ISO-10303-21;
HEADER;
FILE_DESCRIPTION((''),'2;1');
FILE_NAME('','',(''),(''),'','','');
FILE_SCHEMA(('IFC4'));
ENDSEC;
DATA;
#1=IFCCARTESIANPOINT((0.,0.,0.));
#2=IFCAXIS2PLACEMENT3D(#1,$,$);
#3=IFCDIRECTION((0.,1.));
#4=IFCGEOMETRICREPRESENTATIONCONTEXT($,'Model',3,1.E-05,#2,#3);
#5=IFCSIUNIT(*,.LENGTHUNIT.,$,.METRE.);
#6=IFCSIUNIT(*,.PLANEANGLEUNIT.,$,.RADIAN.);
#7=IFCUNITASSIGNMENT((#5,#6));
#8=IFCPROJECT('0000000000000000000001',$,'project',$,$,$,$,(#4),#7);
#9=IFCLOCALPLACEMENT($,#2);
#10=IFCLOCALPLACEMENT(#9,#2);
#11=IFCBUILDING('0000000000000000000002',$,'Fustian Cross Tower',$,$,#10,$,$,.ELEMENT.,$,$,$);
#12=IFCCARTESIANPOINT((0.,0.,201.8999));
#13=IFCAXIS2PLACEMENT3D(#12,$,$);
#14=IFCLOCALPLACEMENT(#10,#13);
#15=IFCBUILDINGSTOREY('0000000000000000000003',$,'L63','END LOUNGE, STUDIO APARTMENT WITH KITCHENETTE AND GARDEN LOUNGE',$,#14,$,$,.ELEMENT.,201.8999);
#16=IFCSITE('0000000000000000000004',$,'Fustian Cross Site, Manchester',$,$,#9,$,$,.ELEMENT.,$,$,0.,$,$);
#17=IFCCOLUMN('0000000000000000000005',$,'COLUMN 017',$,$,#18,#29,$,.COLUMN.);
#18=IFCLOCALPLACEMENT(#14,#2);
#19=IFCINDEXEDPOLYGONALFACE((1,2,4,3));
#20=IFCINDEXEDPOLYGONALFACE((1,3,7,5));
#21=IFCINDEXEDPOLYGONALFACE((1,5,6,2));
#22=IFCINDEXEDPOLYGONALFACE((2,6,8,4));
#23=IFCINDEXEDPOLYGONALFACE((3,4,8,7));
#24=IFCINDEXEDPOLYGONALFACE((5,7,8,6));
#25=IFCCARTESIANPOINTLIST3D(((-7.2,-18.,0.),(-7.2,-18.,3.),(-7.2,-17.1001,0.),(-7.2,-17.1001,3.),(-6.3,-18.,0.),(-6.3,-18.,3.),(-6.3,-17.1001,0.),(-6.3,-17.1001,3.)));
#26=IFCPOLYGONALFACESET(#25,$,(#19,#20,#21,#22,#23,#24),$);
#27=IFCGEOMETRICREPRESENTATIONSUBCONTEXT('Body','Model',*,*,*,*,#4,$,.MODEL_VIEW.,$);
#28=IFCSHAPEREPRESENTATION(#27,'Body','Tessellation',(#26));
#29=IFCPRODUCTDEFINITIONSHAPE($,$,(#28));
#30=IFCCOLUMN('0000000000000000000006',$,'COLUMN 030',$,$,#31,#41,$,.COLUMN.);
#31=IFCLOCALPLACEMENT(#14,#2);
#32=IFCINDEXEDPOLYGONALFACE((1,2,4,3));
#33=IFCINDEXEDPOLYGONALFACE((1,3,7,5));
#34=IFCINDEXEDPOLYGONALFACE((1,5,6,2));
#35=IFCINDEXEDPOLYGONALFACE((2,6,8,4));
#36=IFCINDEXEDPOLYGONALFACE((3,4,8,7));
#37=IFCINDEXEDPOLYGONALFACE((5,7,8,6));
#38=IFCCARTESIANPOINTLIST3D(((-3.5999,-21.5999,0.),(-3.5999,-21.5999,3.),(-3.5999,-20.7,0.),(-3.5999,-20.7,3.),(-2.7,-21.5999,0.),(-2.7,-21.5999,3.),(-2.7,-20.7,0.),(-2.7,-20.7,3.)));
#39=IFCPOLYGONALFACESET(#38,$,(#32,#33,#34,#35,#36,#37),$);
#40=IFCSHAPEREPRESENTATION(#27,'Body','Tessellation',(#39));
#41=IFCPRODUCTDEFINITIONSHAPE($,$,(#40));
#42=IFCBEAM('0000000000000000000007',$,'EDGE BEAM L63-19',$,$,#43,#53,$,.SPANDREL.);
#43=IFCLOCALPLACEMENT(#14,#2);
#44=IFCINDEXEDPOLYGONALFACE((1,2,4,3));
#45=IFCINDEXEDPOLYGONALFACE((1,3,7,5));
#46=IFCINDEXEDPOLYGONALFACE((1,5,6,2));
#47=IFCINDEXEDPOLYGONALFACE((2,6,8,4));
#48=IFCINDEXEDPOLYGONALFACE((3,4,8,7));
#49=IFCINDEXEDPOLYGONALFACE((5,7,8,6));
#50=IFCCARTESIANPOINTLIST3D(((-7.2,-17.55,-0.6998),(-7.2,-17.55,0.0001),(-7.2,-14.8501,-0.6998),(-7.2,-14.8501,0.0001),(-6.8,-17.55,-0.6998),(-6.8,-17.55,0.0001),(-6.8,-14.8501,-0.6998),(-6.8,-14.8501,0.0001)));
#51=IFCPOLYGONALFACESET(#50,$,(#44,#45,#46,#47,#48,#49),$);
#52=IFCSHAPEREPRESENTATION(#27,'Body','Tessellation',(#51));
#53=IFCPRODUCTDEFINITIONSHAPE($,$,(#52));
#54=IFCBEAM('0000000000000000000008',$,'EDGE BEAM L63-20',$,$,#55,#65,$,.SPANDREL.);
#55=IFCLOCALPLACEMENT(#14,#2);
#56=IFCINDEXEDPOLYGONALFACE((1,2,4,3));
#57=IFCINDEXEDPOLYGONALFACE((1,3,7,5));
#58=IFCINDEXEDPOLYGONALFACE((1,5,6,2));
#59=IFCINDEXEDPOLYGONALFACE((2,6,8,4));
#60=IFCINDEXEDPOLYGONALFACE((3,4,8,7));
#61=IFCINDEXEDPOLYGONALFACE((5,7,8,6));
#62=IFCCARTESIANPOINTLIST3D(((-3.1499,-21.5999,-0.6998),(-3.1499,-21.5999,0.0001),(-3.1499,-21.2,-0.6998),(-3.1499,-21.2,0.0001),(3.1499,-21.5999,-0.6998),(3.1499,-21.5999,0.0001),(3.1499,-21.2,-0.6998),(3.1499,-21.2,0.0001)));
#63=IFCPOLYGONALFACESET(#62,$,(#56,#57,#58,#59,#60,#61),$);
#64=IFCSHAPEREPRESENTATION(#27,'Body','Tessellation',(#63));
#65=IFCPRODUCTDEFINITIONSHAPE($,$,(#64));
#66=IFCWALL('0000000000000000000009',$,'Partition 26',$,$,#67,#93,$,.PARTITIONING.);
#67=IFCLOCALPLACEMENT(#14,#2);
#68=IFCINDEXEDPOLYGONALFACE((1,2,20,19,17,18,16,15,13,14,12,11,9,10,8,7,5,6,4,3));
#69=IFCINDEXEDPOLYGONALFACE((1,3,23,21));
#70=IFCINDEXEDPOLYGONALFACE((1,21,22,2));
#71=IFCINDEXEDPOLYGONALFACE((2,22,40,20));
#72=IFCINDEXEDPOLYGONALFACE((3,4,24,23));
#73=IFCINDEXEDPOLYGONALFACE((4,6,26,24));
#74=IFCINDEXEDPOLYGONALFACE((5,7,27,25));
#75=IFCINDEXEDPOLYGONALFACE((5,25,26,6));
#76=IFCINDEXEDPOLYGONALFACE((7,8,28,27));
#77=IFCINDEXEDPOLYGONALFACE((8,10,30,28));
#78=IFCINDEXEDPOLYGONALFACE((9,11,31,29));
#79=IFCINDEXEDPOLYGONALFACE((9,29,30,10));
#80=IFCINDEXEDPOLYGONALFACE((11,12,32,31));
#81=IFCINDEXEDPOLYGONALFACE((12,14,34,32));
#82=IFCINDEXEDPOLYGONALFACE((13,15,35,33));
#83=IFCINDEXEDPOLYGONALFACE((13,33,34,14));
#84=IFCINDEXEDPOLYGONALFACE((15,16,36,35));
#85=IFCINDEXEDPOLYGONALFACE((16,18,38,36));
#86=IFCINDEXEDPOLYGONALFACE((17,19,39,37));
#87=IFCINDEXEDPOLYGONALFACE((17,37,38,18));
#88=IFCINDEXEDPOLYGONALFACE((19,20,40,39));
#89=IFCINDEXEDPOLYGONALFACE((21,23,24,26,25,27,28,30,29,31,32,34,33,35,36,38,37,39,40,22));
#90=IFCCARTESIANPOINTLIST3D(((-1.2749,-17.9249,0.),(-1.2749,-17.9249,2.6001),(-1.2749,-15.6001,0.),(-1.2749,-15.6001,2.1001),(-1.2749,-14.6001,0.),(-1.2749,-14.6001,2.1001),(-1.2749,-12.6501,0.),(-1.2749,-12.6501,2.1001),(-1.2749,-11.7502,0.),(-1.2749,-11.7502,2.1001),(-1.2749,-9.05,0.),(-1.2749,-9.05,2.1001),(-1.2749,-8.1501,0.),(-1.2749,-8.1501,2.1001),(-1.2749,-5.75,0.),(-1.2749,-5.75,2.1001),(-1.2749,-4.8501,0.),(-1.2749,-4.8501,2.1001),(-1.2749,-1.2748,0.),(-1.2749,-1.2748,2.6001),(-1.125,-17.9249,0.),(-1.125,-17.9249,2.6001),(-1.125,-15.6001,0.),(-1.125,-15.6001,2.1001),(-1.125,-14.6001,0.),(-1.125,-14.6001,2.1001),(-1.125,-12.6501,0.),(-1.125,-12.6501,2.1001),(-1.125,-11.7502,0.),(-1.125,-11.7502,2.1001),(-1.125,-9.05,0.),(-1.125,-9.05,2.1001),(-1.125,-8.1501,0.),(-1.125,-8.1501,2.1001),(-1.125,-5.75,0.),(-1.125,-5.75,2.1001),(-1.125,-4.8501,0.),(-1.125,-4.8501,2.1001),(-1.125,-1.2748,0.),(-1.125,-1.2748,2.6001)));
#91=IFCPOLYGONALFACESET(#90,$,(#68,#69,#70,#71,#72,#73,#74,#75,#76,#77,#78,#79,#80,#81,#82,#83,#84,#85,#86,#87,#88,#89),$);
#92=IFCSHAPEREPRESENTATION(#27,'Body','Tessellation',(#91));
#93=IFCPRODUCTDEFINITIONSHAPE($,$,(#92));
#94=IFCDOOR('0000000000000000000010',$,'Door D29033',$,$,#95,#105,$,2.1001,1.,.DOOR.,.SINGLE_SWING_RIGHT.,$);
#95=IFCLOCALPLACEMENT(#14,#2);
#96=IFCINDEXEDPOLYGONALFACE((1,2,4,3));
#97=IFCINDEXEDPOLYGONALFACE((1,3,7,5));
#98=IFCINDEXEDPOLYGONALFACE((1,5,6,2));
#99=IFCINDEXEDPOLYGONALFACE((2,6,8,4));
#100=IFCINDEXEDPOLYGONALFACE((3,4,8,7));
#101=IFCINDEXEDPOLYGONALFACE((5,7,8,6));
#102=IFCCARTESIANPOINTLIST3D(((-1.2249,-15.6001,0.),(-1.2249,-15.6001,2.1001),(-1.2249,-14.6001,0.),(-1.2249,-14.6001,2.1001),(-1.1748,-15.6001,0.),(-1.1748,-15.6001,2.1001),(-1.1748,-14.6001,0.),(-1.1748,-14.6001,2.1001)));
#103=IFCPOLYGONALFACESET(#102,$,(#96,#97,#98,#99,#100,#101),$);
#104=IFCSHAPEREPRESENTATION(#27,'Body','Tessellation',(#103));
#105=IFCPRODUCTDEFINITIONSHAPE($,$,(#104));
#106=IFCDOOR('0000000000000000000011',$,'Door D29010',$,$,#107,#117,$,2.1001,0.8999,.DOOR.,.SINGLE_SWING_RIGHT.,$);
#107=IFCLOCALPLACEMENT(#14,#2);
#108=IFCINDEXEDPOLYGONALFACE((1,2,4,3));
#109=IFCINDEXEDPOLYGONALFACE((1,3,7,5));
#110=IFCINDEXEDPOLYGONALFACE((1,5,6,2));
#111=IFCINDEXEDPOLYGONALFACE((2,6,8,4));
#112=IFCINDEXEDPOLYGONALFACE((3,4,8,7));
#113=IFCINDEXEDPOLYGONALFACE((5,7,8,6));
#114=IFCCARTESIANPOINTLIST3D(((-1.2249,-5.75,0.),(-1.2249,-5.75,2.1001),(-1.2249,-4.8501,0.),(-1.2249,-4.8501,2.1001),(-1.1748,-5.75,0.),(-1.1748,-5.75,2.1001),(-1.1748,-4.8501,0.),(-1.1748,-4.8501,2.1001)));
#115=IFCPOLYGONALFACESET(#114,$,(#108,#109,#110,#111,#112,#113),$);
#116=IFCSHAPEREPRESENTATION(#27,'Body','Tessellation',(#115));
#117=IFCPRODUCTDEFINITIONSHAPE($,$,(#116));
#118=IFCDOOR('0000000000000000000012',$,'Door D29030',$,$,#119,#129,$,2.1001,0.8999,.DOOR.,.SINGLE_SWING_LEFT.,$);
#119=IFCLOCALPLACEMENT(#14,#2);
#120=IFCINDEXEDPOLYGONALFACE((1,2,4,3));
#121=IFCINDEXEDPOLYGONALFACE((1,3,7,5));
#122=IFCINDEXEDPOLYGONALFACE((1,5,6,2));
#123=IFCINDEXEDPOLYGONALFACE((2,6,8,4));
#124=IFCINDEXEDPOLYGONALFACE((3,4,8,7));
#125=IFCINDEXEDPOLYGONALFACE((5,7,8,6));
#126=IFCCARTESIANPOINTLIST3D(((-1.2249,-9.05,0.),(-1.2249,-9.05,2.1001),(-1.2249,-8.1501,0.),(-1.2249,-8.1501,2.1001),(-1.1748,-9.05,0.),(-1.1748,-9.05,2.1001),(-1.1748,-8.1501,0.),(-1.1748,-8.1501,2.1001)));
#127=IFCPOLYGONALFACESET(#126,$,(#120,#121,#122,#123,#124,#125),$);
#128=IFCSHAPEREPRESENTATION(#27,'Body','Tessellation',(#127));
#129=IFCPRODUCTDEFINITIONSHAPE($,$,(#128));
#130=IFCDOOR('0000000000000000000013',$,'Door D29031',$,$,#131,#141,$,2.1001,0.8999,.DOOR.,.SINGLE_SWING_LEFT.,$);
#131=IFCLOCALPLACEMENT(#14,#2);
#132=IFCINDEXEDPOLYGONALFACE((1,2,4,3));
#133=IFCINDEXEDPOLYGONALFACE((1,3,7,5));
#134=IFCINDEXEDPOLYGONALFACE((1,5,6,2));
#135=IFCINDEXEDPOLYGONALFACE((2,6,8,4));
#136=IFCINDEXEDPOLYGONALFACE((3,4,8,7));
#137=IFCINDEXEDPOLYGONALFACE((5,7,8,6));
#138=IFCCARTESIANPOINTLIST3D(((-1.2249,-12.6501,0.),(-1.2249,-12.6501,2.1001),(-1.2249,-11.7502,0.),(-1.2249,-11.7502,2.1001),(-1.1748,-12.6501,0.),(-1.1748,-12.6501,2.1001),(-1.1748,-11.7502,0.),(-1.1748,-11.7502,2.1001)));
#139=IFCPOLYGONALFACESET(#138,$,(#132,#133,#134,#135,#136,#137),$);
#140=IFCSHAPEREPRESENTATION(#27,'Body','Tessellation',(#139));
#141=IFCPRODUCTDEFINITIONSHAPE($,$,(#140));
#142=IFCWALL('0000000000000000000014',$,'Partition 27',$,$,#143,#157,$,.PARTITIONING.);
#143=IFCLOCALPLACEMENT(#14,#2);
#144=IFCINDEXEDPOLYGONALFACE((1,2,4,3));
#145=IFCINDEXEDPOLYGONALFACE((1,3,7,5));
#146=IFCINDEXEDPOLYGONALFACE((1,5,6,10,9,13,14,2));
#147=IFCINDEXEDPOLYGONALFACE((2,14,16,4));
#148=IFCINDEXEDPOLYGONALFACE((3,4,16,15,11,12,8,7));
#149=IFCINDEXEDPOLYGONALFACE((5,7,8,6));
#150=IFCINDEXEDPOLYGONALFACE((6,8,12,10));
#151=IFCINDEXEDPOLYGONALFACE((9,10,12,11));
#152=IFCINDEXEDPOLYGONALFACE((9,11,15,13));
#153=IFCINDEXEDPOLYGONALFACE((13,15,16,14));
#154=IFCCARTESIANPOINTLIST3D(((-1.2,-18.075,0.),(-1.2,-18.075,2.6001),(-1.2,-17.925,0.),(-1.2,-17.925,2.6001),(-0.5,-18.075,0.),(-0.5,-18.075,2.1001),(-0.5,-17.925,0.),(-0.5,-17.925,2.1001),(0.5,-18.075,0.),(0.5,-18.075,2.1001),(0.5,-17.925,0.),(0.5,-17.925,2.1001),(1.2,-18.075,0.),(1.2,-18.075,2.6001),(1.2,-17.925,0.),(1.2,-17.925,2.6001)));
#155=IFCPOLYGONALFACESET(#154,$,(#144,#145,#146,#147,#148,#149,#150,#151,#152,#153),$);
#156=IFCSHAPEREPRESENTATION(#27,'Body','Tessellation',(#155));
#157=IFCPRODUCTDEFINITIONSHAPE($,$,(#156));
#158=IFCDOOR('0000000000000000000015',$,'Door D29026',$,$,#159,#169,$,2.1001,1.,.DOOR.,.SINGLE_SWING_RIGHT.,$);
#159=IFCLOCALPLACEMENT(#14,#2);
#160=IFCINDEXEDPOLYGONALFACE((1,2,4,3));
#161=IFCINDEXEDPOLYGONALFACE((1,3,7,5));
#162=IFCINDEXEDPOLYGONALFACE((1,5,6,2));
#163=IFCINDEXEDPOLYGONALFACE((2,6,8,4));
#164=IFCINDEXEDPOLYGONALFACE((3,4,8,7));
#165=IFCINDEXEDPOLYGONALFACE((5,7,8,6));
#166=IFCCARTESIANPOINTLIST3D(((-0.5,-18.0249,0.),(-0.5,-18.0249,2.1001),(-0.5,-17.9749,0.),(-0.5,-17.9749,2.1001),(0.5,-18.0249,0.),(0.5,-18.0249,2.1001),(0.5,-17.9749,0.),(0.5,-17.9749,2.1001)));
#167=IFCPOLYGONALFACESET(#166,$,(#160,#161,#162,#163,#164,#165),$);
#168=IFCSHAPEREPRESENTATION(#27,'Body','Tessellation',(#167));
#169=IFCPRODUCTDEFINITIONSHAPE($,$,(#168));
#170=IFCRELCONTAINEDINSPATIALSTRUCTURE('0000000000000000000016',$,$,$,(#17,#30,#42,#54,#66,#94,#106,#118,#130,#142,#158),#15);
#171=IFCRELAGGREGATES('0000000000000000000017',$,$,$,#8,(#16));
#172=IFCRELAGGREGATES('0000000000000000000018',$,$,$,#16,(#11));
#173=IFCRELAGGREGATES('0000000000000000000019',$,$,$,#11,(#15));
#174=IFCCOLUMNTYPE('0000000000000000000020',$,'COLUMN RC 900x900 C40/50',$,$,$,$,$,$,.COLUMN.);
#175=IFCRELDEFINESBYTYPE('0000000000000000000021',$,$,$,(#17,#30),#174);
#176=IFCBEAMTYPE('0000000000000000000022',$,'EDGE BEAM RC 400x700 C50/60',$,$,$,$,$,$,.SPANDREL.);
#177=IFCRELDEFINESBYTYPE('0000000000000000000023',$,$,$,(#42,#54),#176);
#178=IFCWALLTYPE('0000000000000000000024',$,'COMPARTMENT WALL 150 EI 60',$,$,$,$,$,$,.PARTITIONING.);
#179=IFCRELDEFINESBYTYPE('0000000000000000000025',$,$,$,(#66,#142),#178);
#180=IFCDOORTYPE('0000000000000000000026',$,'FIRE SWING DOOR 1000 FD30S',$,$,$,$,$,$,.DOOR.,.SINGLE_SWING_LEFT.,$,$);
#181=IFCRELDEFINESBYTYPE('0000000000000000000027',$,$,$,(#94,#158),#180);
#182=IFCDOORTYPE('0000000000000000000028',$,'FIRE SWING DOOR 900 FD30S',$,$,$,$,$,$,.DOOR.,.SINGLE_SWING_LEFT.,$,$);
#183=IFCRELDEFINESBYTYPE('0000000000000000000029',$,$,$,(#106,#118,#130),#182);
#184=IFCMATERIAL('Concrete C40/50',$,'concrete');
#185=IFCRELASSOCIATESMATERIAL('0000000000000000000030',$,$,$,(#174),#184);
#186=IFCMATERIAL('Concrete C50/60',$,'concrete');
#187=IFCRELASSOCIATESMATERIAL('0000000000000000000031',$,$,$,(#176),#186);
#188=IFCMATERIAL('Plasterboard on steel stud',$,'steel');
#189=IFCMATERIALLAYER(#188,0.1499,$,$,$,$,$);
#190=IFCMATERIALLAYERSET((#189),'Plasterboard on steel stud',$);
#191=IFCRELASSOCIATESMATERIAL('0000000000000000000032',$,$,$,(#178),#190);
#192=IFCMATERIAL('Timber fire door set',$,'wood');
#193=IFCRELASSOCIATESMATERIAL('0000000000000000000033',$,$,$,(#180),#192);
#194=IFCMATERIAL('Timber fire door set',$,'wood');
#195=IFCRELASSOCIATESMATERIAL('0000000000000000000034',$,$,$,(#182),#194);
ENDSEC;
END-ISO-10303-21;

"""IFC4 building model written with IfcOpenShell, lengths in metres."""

from ifc_helpers import new_model, si_unit, direction, frame, frame_2d, origin, origin_2d, place, context, subcontext, project, spatial, rectangle, extrude, material, layer, layer_set, material_profile, profile_set, type_object, element, fill, save


model = new_model("IFC4")

# Units and contexts
model_context = context("Model", 3, precision=1e-05, world=origin(), true_north=direction((0.0, 1.0)))
body_context = subcontext(model_context, "Body", "Model", "MODEL_VIEW")
ifc_project = project(units=[si_unit("LENGTHUNIT", "METRE"), si_unit("PLANEANGLEUNIT", "RADIAN")], contexts=[model_context])

# Site, building, storey
site_placement = place(None, origin())
site = spatial("IfcSite", under=ifc_project, at=site_placement, Name="Fustian Cross Site, Manchester", CompositionType="ELEMENT", RefElevation=0.0)
building_placement = place(site_placement, origin())
building = spatial("IfcBuilding", under=site, at=building_placement, Name="Fustian Cross Tower", CompositionType="ELEMENT")
storey_placement = place(building_placement, frame((0.0, 0.0, 201.8999)))
storey = spatial("IfcBuildingStorey", under=building, at=storey_placement, Name="L63", Description="END LOUNGE, STUDIO APARTMENT WITH KITCHENETTE AND GARDEN LOUNGE", CompositionType="ELEMENT", Elevation=201.8999)

# Columns
ifc_material_1 = material(Name="Concrete C40/50", Category="concrete")
ifc_material_profile_1 = material_profile(ifc_material_1, rectangle(XDim=0.8999, YDim=0.8999, at=origin_2d()), Name="RC 900x900")
ifc_profile_set_1 = profile_set([ifc_material_profile_1], Name="Concrete C40/50")
column_type = type_object("IfcColumnType", Name="COLUMN RC 900x900 C40/50", PredefinedType="COLUMN", material=ifc_profile_set_1)
for number, where, z_axis, x_axis, name in (
    (1, (-6.75, -17.55, 0.0), (0.0, 0.0, 1.0), (1.0, 0.0, 0.0), "COLUMN 017"),
    (2, (-3.1499, -21.1499, 0.0), (0.0, 0.0, 1.0), (1.0, 0.0, 0.0), "COLUMN 030"),
):
    element("IfcColumn", number, at=place(storey_placement, frame(where, z_axis=z_axis, x_axis=x_axis)), inside=storey, type_object=column_type, Name=name, PredefinedType="COLUMN", context=body_context, shape_type="SweptSolid", body=[
        extrude(rectangle(XDim=0.8999, YDim=0.8999, at=origin_2d()), origin(), (0.0, 0.0, 1.0), 3.0),
    ])

# Beams
ifc_material_2 = material(Name="Concrete C50/60", Category="concrete")
ifc_material_profile_2 = material_profile(ifc_material_2, rectangle(XDim=0.3999, YDim=0.7, at=origin_2d()), Name="RC 400x700")
ifc_profile_set_2 = profile_set([ifc_material_profile_2], Name="Concrete C50/60")
beam_type = type_object("IfcBeamType", Name="EDGE BEAM RC 400x700 C50/60", PredefinedType="SPANDREL", material=ifc_profile_set_2)
beam_1_placement = place(storey_placement, frame((-7.0, -14.8501, -0.3499), z_axis=(0.0, -1.0, 0.0), x_axis=(1.0, 0.0, 0.0)))
element("IfcBeam", 3, at=beam_1_placement, inside=storey, type_object=beam_type, Name="EDGE BEAM L63-19", PredefinedType="SPANDREL", context=body_context, shape_type="SweptSolid", body=[
    extrude(rectangle(XDim=0.3999, YDim=0.7, at=origin_2d()), origin(), (0.0, 0.0, 1.0), 2.7),
])
beam_2_placement = place(storey_placement, frame((-3.1499, -21.3999, -0.3499), z_axis=(1.0, 0.0, 0.0), x_axis=(0.0, 1.0, 0.0)))
element("IfcBeam", 4, at=beam_2_placement, inside=storey, type_object=beam_type, Name="EDGE BEAM L63-20", PredefinedType="SPANDREL", context=body_context, shape_type="SweptSolid", body=[
    extrude(rectangle(XDim=0.3999, YDim=0.7, at=origin_2d()), origin(), (0.0, 0.0, 1.0), 6.2998),
])

# Wall, openings, doors
ifc_material_3 = material(Name="Plasterboard on steel stud", Category="steel")
ifc_layer_1 = layer(ifc_material_3, 0.1499)
ifc_layer_set_1 = layer_set([ifc_layer_1], Name="Plasterboard on steel stud")
wall_type_1 = type_object("IfcWallType", Name="COMPARTMENT WALL 150 EI 60", PredefinedType="PARTITIONING", material=ifc_layer_set_1)
wall_1_placement = place(storey_placement, frame((-1.2, -17.925, 0.0), z_axis=(0.0, 0.0, 1.0), x_axis=(0.0, 1.0, 0.0)))
wall_1 = element("IfcWall", 5, at=wall_1_placement, inside=storey, type_object=wall_type_1, Name="Partition 26", PredefinedType="PARTITIONING", context=body_context, shape_type="SweptSolid", body=[
    extrude(rectangle(XDim=16.6501, YDim=0.1499, at=frame_2d((8.3252, 0.0))), origin(), (0.0, 0.0, 1.0), 2.6001),
])
opening_1_placement = place(wall_1_placement, frame((12.175, 0.0, 0.0)))
opening_1 = element("IfcOpeningElement", 6, at=opening_1_placement, cuts=wall_1, PredefinedType="OPENING", context=body_context, shape_type="SweptSolid", body=[
    extrude(rectangle(XDim=0.8999, YDim=2.1001, at=frame_2d((0.45, 1.05))), frame((0.0, 0.085, 0.0), z_axis=(0.0, -1.0, 0.0), x_axis=(1.0, 0.0, 0.0)), (0.0, 0.0, 1.0), 0.1699),
])
opening_2_placement = place(wall_1_placement, frame((8.875, 0.0, 0.0)))
opening_2 = element("IfcOpeningElement", 7, at=opening_2_placement, cuts=wall_1, PredefinedType="OPENING", context=body_context, shape_type="SweptSolid", body=[
    extrude(rectangle(XDim=0.8999, YDim=2.1001, at=frame_2d((0.45, 1.05))), frame((0.0, 0.085, 0.0), z_axis=(0.0, -1.0, 0.0), x_axis=(1.0, 0.0, 0.0)), (0.0, 0.0, 1.0), 0.1699),
])
opening_3_placement = place(wall_1_placement, frame((5.2749, 0.0, 0.0)))
opening_3 = element("IfcOpeningElement", 8, at=opening_3_placement, cuts=wall_1, PredefinedType="OPENING", context=body_context, shape_type="SweptSolid", body=[
    extrude(rectangle(XDim=0.8999, YDim=2.1001, at=frame_2d((0.45, 1.05))), frame((0.0, 0.085, 0.0), z_axis=(0.0, -1.0, 0.0), x_axis=(1.0, 0.0, 0.0)), (0.0, 0.0, 1.0), 0.1699),
])
opening_4_placement = place(wall_1_placement, frame((2.325, 0.0, 0.0)))
opening_4 = element("IfcOpeningElement", 9, at=opening_4_placement, cuts=wall_1, PredefinedType="OPENING", context=body_context, shape_type="SweptSolid", body=[
    extrude(rectangle(XDim=1.0, YDim=2.1001, at=frame_2d((0.5, 1.05))), frame((0.0, 0.085, 0.0), z_axis=(0.0, -1.0, 0.0), x_axis=(1.0, 0.0, 0.0)), (0.0, 0.0, 1.0), 0.1699),
])
ifc_material_4 = material(Name="Timber fire door set", Category="wood")
door_type_1 = type_object("IfcDoorType", Name="FIRE SWING DOOR 1000 FD30S", OperationType="SINGLE_SWING_LEFT", PredefinedType="DOOR", material=ifc_material_4)
door_1_placement = place(opening_4_placement, origin())
door_1 = element("IfcDoor", 10, at=door_1_placement, inside=storey, type_object=door_type_1, Name="Door D29033", OperationType="SINGLE_SWING_RIGHT", OverallHeight=2.1001, OverallWidth=1.0, PredefinedType="DOOR", context=body_context, shape_type="SweptSolid", body=[
    extrude(rectangle(XDim=1.0, YDim=2.1001, at=frame_2d((0.5, 1.05))), frame((0.0, 0.0249, 0.0), z_axis=(0.0, -1.0, 0.0), x_axis=(1.0, 0.0, 0.0)), (0.0, 0.0, 1.0), 0.05),
])
fill(opening_4, door_1)
ifc_material_5 = material(Name="Timber fire door set", Category="wood")
door_type_2 = type_object("IfcDoorType", Name="FIRE SWING DOOR 900 FD30S", OperationType="SINGLE_SWING_LEFT", PredefinedType="DOOR", material=ifc_material_5)
door_2_placement = place(opening_1_placement, origin())
door_2 = element("IfcDoor", 11, at=door_2_placement, inside=storey, type_object=door_type_2, Name="Door D29010", OperationType="SINGLE_SWING_RIGHT", OverallHeight=2.1001, OverallWidth=0.8999, PredefinedType="DOOR", context=body_context, shape_type="SweptSolid", body=[
    extrude(rectangle(XDim=0.8999, YDim=2.1001, at=frame_2d((0.45, 1.05))), frame((0.0, 0.0249, 0.0), z_axis=(0.0, -1.0, 0.0), x_axis=(1.0, 0.0, 0.0)), (0.0, 0.0, 1.0), 0.05),
])
fill(opening_1, door_2)
door_3_placement = place(opening_2_placement, origin())
door_3 = element("IfcDoor", 12, at=door_3_placement, inside=storey, type_object=door_type_2, Name="Door D29030", OperationType="SINGLE_SWING_LEFT", OverallHeight=2.1001, OverallWidth=0.8999, PredefinedType="DOOR", context=body_context, shape_type="SweptSolid", body=[
    extrude(rectangle(XDim=0.8999, YDim=2.1001, at=frame_2d((0.45, 1.05))), frame((0.0, 0.0249, 0.0), z_axis=(0.0, -1.0, 0.0), x_axis=(1.0, 0.0, 0.0)), (0.0, 0.0, 1.0), 0.05),
])
fill(opening_2, door_3)
door_4_placement = place(opening_3_placement, origin())
door_4 = element("IfcDoor", 13, at=door_4_placement, inside=storey, type_object=door_type_2, Name="Door D29031", OperationType="SINGLE_SWING_LEFT", OverallHeight=2.1001, OverallWidth=0.8999, PredefinedType="DOOR", context=body_context, shape_type="SweptSolid", body=[
    extrude(rectangle(XDim=0.8999, YDim=2.1001, at=frame_2d((0.45, 1.05))), frame((0.0, 0.0249, 0.0), z_axis=(0.0, -1.0, 0.0), x_axis=(1.0, 0.0, 0.0)), (0.0, 0.0, 1.0), 0.05),
])
fill(opening_3, door_4)

# Wall, opening, door
wall_2_placement = place(storey_placement, frame((-1.2, -18.0, 0.0), z_axis=(0.0, 0.0, 1.0), x_axis=(1.0, 0.0, 0.0)))
wall_2 = element("IfcWall", 14, at=wall_2_placement, inside=storey, type_object=wall_type_1, Name="Partition 27", PredefinedType="PARTITIONING", context=body_context, shape_type="SweptSolid", body=[
    extrude(rectangle(XDim=2.3999, YDim=0.1499, at=frame_2d((1.2, 0.0))), origin(), (0.0, 0.0, 1.0), 2.6001),
])
opening_5_placement = place(wall_2_placement, frame((0.7, 0.0, 0.0)))
opening_5 = element("IfcOpeningElement", 15, at=opening_5_placement, cuts=wall_2, PredefinedType="OPENING", context=body_context, shape_type="SweptSolid", body=[
    extrude(rectangle(XDim=1.0, YDim=2.1001, at=frame_2d((0.5, 1.05))), frame((0.0, 0.085, 0.0), z_axis=(0.0, -1.0, 0.0), x_axis=(1.0, 0.0, 0.0)), (0.0, 0.0, 1.0), 0.1699),
])
door_5_placement = place(opening_5_placement, frame((1.0, 0.0, 0.0), z_axis=(0.0, 0.0, 1.0), x_axis=(-1.0, 0.0, 0.0)))
door_5 = element("IfcDoor", 16, at=door_5_placement, inside=storey, type_object=door_type_1, Name="Door D29026", OperationType="SINGLE_SWING_RIGHT", OverallHeight=2.1001, OverallWidth=1.0, PredefinedType="DOOR", context=body_context, shape_type="SweptSolid", body=[
    extrude(rectangle(XDim=1.0, YDim=2.1001, at=frame_2d((0.5, 1.05))), frame((0.0, 0.0249, 0.0), z_axis=(0.0, -1.0, 0.0), x_axis=(1.0, 0.0, 0.0)), (0.0, 0.0, 1.0), 0.05),
])
fill(opening_5, door_5)

save(model, "model.ifc")
